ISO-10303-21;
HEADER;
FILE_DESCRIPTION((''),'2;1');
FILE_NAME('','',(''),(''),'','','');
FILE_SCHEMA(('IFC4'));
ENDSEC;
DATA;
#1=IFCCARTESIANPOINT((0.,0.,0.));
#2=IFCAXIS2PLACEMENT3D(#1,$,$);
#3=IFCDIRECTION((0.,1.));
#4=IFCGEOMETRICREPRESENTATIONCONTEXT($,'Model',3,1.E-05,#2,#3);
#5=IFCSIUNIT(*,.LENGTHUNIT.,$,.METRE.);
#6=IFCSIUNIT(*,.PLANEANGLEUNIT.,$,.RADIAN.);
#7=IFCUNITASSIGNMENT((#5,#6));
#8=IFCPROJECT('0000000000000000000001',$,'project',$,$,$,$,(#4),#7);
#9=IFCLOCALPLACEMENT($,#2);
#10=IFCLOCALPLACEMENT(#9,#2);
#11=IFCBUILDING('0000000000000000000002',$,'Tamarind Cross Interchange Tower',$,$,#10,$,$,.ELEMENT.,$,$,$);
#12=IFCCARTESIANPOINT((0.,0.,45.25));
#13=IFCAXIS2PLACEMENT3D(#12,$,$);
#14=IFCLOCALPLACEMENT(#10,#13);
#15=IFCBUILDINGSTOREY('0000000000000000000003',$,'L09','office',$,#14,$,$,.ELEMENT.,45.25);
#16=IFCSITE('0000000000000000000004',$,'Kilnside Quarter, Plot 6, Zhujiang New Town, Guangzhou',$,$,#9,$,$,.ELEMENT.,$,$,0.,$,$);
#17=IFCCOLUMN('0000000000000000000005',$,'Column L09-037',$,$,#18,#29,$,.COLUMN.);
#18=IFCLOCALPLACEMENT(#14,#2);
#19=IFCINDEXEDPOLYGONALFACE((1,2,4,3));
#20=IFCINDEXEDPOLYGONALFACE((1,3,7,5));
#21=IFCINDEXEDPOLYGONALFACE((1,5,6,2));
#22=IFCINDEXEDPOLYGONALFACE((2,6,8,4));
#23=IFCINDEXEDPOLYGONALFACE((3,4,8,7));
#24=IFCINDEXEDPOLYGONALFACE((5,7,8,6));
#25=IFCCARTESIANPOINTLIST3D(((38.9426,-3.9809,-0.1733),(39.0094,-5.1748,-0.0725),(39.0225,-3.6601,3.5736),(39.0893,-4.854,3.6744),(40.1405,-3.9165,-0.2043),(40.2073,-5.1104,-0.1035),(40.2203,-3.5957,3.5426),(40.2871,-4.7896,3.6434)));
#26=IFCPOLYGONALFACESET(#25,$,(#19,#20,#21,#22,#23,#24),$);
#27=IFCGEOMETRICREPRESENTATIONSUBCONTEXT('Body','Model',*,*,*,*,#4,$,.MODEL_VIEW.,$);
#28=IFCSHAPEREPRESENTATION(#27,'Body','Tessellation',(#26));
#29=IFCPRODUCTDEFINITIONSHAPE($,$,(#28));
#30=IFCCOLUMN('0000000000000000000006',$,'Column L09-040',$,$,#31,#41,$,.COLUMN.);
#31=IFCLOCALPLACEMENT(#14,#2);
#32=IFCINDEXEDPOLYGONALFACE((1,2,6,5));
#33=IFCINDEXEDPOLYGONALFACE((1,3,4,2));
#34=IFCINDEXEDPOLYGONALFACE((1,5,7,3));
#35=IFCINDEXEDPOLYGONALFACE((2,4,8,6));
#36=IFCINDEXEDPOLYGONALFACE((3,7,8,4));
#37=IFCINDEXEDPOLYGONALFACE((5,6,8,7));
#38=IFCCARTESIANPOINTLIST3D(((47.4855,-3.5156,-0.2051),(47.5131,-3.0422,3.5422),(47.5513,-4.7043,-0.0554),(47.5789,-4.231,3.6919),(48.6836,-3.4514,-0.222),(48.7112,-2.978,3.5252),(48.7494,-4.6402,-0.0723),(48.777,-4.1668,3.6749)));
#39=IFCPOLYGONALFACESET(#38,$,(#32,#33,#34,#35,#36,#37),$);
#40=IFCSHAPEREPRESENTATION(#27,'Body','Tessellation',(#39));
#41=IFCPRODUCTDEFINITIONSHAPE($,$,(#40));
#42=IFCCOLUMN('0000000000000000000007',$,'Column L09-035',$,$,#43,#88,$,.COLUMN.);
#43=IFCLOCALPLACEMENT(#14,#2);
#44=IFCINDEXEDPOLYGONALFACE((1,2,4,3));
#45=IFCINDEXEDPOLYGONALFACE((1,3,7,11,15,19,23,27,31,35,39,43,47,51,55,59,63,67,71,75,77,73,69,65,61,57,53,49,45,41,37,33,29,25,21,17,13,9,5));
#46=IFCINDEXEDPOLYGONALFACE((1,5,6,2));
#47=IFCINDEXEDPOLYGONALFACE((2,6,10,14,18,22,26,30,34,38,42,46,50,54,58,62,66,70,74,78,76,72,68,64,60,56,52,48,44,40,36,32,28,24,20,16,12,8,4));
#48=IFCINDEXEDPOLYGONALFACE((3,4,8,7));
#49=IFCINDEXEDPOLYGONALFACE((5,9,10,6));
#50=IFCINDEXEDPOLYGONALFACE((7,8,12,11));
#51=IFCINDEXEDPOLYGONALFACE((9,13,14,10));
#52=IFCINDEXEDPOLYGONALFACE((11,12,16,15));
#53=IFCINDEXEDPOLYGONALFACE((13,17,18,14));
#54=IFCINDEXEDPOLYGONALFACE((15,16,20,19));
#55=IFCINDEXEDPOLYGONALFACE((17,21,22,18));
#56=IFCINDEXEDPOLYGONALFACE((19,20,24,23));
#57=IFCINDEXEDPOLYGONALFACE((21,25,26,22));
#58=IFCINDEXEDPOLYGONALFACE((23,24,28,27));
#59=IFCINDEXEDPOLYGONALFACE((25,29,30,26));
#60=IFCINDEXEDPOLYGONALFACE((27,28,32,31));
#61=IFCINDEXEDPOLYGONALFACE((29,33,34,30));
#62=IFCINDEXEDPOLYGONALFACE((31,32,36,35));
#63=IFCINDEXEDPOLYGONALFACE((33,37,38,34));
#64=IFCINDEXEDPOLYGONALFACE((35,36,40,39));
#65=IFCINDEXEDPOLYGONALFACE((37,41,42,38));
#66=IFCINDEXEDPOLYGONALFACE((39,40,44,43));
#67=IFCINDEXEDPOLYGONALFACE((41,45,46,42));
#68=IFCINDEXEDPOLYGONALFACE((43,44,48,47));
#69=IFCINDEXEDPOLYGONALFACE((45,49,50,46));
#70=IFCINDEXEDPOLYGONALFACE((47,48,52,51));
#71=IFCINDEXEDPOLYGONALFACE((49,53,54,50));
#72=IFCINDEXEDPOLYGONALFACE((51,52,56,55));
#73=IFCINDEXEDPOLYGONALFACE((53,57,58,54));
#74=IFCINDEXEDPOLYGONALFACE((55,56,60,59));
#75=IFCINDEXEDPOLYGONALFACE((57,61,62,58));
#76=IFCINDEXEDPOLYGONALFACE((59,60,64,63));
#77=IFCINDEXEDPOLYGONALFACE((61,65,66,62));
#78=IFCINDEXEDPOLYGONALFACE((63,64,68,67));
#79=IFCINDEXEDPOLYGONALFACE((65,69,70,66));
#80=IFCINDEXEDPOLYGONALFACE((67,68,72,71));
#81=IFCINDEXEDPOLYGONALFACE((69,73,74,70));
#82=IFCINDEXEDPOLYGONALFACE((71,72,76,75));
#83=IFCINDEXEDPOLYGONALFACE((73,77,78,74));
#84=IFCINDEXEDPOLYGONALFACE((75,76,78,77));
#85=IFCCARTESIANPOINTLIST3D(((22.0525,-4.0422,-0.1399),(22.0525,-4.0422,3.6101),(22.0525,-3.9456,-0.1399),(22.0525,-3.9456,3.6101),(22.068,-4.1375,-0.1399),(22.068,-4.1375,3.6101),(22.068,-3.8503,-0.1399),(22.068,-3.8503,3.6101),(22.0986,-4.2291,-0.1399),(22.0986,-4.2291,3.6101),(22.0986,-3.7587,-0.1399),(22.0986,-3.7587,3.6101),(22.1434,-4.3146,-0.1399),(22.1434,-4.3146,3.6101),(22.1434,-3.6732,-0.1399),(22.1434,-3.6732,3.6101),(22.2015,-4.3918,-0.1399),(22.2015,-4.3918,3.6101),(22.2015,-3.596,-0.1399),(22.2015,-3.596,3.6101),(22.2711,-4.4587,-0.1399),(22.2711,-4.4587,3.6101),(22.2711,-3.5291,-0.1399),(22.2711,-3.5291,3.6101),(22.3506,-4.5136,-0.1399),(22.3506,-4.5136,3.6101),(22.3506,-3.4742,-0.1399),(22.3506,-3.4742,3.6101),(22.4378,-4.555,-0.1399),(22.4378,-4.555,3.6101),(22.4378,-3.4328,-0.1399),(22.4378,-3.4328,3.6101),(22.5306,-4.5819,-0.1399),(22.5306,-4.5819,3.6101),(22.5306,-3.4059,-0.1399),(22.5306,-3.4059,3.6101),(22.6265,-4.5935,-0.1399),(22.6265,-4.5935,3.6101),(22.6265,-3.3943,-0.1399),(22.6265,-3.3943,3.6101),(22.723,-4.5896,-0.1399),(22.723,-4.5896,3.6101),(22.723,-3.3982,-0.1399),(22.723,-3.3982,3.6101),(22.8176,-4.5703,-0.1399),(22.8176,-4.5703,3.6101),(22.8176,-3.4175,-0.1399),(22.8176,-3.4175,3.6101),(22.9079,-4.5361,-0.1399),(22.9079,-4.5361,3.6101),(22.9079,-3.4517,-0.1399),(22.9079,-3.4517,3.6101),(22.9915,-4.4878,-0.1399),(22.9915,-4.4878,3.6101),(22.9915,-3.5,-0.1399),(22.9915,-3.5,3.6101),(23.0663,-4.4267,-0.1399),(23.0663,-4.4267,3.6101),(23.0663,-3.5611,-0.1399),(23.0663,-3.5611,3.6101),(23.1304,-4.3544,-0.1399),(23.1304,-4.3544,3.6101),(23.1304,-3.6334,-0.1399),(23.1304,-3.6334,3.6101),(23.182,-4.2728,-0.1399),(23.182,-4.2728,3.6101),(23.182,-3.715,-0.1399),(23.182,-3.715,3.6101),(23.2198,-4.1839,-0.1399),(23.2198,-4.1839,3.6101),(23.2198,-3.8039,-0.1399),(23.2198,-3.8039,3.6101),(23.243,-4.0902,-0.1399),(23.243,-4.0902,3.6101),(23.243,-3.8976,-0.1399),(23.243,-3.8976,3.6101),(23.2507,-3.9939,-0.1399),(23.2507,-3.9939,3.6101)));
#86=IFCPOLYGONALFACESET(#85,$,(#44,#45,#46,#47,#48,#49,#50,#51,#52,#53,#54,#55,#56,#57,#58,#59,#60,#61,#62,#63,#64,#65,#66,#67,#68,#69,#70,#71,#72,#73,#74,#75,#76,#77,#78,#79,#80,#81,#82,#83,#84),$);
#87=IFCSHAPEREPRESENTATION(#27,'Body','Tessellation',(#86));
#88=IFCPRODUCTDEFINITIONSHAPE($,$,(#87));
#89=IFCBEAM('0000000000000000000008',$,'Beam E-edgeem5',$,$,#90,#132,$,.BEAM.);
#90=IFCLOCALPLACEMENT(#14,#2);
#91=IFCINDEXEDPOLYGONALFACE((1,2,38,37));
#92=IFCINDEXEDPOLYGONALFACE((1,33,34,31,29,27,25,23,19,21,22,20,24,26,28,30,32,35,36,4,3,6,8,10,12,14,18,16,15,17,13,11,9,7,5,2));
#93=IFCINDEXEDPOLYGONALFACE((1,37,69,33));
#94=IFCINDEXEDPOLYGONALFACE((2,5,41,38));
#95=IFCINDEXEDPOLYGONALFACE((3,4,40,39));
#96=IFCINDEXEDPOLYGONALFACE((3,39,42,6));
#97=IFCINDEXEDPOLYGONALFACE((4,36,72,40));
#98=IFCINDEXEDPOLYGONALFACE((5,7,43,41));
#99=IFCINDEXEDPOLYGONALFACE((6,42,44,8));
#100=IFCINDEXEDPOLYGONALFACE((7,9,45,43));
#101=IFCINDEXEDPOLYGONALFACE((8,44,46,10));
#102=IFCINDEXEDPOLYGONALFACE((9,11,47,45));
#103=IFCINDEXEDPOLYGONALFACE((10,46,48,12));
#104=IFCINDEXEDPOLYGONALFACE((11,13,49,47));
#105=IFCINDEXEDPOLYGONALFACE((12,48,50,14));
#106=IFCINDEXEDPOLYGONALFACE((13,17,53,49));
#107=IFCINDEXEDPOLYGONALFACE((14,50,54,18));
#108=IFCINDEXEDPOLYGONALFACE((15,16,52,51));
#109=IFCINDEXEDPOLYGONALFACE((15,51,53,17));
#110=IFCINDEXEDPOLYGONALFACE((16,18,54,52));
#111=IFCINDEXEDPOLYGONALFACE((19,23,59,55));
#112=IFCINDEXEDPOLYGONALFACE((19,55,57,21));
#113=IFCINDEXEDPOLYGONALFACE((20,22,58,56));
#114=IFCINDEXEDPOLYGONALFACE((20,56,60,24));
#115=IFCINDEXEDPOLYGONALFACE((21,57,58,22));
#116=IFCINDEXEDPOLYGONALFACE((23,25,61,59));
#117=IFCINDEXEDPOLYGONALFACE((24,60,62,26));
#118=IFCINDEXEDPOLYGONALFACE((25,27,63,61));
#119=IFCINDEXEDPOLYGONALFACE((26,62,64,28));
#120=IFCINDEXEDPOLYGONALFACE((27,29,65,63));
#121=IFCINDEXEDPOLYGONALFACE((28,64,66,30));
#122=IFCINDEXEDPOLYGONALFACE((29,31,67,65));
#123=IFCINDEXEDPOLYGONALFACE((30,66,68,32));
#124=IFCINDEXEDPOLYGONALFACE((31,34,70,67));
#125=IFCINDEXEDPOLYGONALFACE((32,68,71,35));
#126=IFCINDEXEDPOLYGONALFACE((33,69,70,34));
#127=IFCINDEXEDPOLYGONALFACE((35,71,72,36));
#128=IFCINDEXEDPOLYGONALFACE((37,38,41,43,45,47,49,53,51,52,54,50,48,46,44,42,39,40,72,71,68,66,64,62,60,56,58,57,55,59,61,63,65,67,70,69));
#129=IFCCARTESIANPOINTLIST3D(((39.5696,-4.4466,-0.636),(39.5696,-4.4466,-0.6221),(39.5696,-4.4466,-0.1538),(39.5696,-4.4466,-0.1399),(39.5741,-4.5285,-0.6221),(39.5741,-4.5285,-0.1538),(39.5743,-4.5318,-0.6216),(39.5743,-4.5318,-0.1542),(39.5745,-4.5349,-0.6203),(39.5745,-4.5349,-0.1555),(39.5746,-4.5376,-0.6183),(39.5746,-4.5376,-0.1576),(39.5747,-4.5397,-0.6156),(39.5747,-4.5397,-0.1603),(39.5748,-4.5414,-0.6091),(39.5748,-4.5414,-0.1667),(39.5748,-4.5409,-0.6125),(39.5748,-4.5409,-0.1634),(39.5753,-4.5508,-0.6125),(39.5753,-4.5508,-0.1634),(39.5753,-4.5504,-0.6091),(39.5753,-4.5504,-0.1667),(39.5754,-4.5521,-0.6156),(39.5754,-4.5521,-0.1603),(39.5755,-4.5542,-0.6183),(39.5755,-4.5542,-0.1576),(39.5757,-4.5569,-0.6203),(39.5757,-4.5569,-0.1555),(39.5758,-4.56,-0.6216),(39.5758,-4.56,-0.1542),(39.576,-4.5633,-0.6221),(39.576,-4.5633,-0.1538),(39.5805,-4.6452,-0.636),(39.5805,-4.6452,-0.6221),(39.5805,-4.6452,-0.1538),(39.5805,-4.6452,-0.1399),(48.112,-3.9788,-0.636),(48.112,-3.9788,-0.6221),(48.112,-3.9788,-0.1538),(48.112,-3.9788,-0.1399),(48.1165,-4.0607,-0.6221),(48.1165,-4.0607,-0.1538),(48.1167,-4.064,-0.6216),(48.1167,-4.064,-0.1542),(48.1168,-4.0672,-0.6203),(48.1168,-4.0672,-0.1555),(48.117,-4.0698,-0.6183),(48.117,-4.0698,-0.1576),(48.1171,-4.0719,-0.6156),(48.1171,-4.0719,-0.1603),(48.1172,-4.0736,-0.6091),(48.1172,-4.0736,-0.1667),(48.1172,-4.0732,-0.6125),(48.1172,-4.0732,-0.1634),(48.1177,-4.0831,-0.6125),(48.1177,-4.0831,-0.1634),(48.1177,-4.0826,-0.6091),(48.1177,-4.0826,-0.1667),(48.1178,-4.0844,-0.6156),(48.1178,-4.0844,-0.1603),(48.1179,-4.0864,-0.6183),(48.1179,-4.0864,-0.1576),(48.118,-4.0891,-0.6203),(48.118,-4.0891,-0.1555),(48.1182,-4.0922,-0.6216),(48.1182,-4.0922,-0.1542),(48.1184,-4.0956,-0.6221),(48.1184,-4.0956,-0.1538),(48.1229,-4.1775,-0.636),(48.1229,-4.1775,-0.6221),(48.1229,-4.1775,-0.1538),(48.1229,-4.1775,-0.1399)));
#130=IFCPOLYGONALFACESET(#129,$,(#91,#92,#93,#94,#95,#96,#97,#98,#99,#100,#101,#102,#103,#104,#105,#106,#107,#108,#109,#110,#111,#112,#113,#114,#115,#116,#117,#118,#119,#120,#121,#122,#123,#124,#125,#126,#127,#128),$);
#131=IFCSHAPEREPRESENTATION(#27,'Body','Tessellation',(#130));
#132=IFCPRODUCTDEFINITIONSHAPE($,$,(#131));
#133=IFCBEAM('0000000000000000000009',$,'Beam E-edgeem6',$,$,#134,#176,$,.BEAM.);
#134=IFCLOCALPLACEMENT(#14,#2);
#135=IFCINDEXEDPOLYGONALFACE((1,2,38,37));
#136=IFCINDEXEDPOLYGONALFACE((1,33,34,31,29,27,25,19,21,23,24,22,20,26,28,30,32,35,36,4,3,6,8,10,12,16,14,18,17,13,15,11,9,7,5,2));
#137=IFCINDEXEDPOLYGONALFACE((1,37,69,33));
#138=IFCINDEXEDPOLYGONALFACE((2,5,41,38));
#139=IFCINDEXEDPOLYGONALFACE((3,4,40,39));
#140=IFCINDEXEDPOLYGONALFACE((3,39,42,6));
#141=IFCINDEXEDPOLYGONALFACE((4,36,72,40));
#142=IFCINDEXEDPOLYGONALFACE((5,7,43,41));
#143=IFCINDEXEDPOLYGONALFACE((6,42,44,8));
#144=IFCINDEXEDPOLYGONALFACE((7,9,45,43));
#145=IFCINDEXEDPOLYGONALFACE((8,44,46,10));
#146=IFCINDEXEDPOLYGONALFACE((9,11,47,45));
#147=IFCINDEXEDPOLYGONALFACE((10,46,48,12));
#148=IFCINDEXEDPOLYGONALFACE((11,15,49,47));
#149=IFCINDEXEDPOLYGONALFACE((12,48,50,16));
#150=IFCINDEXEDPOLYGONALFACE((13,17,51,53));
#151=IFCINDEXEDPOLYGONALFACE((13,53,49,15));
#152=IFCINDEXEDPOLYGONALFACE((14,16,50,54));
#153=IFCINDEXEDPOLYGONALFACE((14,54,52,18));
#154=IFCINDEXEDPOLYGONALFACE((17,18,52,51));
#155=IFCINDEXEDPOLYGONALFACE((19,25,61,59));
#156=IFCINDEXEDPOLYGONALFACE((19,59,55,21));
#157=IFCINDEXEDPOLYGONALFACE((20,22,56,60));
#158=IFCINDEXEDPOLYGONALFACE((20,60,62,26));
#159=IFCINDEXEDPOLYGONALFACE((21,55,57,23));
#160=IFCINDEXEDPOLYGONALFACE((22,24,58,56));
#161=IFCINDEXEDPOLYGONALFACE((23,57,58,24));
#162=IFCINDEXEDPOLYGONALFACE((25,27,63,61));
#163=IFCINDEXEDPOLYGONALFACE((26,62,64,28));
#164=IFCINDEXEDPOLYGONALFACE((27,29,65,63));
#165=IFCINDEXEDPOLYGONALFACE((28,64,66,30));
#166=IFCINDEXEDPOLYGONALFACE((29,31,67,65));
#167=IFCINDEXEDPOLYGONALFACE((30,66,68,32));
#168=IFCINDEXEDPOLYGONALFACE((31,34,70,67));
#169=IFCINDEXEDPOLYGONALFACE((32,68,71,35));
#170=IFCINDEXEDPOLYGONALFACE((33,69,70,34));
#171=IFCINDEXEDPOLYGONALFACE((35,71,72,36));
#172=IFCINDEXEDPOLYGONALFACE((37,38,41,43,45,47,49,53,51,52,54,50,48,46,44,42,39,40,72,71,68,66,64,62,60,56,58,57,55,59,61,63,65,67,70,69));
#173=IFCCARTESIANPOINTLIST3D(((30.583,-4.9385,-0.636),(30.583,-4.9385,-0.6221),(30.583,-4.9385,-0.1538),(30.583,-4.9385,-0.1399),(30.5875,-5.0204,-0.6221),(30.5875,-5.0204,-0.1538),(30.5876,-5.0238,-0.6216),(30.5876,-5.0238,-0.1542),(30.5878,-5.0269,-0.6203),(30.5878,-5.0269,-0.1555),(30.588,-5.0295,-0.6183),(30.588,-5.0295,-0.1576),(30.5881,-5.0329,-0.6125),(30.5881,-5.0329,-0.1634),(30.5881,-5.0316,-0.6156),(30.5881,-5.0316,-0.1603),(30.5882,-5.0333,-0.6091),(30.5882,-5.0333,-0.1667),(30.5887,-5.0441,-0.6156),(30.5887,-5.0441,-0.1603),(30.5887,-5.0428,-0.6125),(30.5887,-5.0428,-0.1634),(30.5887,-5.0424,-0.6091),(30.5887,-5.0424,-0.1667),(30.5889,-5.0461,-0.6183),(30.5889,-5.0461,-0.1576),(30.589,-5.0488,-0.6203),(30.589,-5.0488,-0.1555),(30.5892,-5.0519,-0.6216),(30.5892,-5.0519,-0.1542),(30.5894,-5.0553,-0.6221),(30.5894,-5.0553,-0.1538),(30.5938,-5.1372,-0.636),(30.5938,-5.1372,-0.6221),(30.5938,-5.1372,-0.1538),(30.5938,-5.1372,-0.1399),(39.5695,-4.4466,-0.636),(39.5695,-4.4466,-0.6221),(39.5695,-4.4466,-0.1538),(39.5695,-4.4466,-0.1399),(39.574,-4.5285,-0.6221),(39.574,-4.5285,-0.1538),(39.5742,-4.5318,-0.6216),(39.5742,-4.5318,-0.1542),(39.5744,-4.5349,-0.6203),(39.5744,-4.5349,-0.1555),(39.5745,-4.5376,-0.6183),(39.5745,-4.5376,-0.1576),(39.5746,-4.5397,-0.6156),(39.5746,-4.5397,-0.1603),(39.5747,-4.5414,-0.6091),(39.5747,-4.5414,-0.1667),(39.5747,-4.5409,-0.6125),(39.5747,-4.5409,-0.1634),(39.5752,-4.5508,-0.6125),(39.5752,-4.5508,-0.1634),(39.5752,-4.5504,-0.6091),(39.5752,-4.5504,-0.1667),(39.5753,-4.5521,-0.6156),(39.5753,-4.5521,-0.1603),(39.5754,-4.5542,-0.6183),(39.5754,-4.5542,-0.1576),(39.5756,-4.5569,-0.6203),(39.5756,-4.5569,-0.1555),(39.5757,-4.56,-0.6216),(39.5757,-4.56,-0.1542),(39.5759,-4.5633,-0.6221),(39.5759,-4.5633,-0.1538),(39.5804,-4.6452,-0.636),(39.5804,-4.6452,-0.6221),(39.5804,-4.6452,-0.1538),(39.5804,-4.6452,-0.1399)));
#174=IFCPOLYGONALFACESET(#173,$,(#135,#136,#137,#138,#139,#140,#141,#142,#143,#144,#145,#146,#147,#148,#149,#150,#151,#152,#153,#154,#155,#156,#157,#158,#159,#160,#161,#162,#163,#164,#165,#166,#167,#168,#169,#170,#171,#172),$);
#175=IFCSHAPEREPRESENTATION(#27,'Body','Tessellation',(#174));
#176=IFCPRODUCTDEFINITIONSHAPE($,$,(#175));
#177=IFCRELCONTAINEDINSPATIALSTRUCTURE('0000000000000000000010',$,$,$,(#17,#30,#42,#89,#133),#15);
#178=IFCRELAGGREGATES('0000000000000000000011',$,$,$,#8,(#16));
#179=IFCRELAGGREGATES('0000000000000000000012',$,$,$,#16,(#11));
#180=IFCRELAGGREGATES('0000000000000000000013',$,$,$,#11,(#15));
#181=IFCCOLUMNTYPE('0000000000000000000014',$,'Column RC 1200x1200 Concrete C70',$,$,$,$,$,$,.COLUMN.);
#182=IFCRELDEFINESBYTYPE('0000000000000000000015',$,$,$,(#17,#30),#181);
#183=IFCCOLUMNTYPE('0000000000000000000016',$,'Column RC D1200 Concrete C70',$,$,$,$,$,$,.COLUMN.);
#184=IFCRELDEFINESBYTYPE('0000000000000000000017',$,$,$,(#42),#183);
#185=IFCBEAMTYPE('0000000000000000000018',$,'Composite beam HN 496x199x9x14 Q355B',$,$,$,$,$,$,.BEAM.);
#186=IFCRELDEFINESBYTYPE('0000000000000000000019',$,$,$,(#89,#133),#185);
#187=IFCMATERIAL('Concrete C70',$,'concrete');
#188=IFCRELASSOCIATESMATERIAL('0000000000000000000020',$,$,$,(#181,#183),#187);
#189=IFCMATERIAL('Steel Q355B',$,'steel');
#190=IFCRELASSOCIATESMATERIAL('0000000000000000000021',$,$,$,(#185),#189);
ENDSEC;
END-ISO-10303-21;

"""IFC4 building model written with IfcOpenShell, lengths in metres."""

from ifc_helpers import new_model, si_unit, direction, frame, origin, origin_2d, place, context, subcontext, project, spatial, rectangle, circle, i_section, extrude, material, material_profile, profile_set, type_object, element, save


model = new_model("IFC4")

# Units and contexts
model_context = context("Model", 3, precision=1e-05, world=origin(), true_north=direction((0.0, 1.0)))
body_context = subcontext(model_context, "Body", "Model", "MODEL_VIEW")
ifc_project = project(units=[si_unit("LENGTHUNIT", "METRE"), si_unit("PLANEANGLEUNIT", "RADIAN")], contexts=[model_context])

# Site, building, storey
site_placement = place(None, origin())
site = spatial("IfcSite", under=ifc_project, at=site_placement, Name="Kilnside Quarter, Plot 6, Zhujiang New Town, Guangzhou", CompositionType="ELEMENT", RefElevation=0.0)
building_placement = place(site_placement, origin())
building = spatial("IfcBuilding", under=site, at=building_placement, Name="Tamarind Cross Interchange Tower", CompositionType="ELEMENT")
storey_placement = place(building_placement, frame((0.0, 0.0, 45.25)))
storey = spatial("IfcBuildingStorey", under=building, at=storey_placement, Name="L09", Description="office", CompositionType="ELEMENT", Elevation=45.25)

# Columns
ifc_material_1 = material(Name="Concrete C70", Category="concrete")
ifc_material_profile_1 = material_profile(ifc_material_1, rectangle(XDim=1.2, YDim=1.2, at=origin_2d()), Name="RC 1200x1200")
ifc_profile_set_1 = profile_set([ifc_material_profile_1], Name="Concrete C70")
column_type_1 = type_object("IfcColumnType", Name="Column RC 1200x1200 Concrete C70", PredefinedType="COLUMN", material=ifc_profile_set_1)
column_1_placement = place(storey_placement, frame((39.575, -4.5457, -0.1384), z_axis=(0.021225, 0.085288, 0.99613), x_axis=(-0.998224, -0.05366, 0.025864)))
element("IfcColumn", 1, at=column_1_placement, inside=storey, type_object=column_type_1, Name="Column L09-037", PredefinedType="COLUMN", context=body_context, shape_type="SweptSolid", body=[
    extrude(rectangle(XDim=1.2, YDim=1.2, at=origin_2d()), origin(), (0.0, 0.0, 1.0), 3.7615),
])
column_2_placement = place(storey_placement, frame((48.1174, -4.0779, -0.1387), z_axis=(0.007304, 0.125328, 0.992088), x_axis=(-0.998469, -0.053476, 0.014106)))
element("IfcColumn", 2, at=column_2_placement, inside=storey, type_object=column_type_1, Name="Column L09-040", PredefinedType="COLUMN", context=body_context, shape_type="SweptSolid", body=[
    extrude(rectangle(XDim=1.2, YDim=1.2, at=origin_2d()), origin(), (0.0, 0.0, 1.0), 3.7771),
])
ifc_material_profile_2 = material_profile(ifc_material_1, circle(Radius=0.6001, at=origin_2d()), Name="RC D1200")
ifc_profile_set_2 = profile_set([ifc_material_profile_2], Name="Concrete C70")
column_type_2 = type_object("IfcColumnType", Name="Column RC D1200 Concrete C70", PredefinedType="COLUMN", material=ifc_profile_set_2)
column_3_placement = place(storey_placement, frame((22.6506, -3.9939, -0.1399), z_axis=(0.0, 0.0, 1.0), x_axis=(1.0, 0.0, 0.0)))
element("IfcColumn", 3, at=column_3_placement, inside=storey, type_object=column_type_2, Name="Column L09-035", PredefinedType="COLUMN", context=body_context, shape_type="SweptSolid", body=[
    extrude(circle(Radius=0.6001, at=origin_2d()), origin(), (0.0, 0.0, 1.0), 3.75),
])

# Beams
ifc_material_2 = material(Name="Steel Q355B", Category="steel")
ifc_material_profile_3 = material_profile(ifc_material_2, i_section(OverallWidth=0.199, OverallDepth=0.4961, WebThickness=0.009, FlangeThickness=0.0139, FilletRadius=0.0129, at=origin_2d()), Name="HN 496x199x9x14")
ifc_profile_set_3 = profile_set([ifc_material_profile_3], Name="Steel Q355B")
beam_type_1 = type_object("IfcBeamType", Name="Composite beam HN 496x199x9x14 Q355B", PredefinedType="BEAM", material=ifc_profile_set_3)
beam_1_placement = place(storey_placement, frame((48.1174, -4.0781, -0.3879), z_axis=(-0.998504, -0.054677, 0.0), x_axis=(0.054677, -0.998504, 0.0)))
element("IfcBeam", 4, at=beam_1_placement, inside=storey, type_object=beam_type_1, Name="Beam E-edgeem5", PredefinedType="BEAM", context=body_context, shape_type="SweptSolid", body=[
    extrude(i_section(OverallWidth=0.199, OverallDepth=0.4961, WebThickness=0.009, FlangeThickness=0.0139, FilletRadius=0.0129, at=origin_2d()), origin(), (0.0, 0.0, 1.0), 8.5552),
])
beam_2_placement = place(storey_placement, frame((39.575, -4.5459, -0.3879), z_axis=(-0.998505, -0.05466, 0.0), x_axis=(0.05466, -0.998505, 0.0)))
element("IfcBeam", 5, at=beam_2_placement, inside=storey, type_object=beam_type_1, Name="Beam E-edgeem6", PredefinedType="BEAM", context=body_context, shape_type="SweptSolid", body=[
    extrude(i_section(OverallWidth=0.199, OverallDepth=0.4961, WebThickness=0.009, FlangeThickness=0.0139, FilletRadius=0.0129, at=origin_2d()), origin(), (0.0, 0.0, 1.0), 9.0),
])

save(model, "model.ifc")
